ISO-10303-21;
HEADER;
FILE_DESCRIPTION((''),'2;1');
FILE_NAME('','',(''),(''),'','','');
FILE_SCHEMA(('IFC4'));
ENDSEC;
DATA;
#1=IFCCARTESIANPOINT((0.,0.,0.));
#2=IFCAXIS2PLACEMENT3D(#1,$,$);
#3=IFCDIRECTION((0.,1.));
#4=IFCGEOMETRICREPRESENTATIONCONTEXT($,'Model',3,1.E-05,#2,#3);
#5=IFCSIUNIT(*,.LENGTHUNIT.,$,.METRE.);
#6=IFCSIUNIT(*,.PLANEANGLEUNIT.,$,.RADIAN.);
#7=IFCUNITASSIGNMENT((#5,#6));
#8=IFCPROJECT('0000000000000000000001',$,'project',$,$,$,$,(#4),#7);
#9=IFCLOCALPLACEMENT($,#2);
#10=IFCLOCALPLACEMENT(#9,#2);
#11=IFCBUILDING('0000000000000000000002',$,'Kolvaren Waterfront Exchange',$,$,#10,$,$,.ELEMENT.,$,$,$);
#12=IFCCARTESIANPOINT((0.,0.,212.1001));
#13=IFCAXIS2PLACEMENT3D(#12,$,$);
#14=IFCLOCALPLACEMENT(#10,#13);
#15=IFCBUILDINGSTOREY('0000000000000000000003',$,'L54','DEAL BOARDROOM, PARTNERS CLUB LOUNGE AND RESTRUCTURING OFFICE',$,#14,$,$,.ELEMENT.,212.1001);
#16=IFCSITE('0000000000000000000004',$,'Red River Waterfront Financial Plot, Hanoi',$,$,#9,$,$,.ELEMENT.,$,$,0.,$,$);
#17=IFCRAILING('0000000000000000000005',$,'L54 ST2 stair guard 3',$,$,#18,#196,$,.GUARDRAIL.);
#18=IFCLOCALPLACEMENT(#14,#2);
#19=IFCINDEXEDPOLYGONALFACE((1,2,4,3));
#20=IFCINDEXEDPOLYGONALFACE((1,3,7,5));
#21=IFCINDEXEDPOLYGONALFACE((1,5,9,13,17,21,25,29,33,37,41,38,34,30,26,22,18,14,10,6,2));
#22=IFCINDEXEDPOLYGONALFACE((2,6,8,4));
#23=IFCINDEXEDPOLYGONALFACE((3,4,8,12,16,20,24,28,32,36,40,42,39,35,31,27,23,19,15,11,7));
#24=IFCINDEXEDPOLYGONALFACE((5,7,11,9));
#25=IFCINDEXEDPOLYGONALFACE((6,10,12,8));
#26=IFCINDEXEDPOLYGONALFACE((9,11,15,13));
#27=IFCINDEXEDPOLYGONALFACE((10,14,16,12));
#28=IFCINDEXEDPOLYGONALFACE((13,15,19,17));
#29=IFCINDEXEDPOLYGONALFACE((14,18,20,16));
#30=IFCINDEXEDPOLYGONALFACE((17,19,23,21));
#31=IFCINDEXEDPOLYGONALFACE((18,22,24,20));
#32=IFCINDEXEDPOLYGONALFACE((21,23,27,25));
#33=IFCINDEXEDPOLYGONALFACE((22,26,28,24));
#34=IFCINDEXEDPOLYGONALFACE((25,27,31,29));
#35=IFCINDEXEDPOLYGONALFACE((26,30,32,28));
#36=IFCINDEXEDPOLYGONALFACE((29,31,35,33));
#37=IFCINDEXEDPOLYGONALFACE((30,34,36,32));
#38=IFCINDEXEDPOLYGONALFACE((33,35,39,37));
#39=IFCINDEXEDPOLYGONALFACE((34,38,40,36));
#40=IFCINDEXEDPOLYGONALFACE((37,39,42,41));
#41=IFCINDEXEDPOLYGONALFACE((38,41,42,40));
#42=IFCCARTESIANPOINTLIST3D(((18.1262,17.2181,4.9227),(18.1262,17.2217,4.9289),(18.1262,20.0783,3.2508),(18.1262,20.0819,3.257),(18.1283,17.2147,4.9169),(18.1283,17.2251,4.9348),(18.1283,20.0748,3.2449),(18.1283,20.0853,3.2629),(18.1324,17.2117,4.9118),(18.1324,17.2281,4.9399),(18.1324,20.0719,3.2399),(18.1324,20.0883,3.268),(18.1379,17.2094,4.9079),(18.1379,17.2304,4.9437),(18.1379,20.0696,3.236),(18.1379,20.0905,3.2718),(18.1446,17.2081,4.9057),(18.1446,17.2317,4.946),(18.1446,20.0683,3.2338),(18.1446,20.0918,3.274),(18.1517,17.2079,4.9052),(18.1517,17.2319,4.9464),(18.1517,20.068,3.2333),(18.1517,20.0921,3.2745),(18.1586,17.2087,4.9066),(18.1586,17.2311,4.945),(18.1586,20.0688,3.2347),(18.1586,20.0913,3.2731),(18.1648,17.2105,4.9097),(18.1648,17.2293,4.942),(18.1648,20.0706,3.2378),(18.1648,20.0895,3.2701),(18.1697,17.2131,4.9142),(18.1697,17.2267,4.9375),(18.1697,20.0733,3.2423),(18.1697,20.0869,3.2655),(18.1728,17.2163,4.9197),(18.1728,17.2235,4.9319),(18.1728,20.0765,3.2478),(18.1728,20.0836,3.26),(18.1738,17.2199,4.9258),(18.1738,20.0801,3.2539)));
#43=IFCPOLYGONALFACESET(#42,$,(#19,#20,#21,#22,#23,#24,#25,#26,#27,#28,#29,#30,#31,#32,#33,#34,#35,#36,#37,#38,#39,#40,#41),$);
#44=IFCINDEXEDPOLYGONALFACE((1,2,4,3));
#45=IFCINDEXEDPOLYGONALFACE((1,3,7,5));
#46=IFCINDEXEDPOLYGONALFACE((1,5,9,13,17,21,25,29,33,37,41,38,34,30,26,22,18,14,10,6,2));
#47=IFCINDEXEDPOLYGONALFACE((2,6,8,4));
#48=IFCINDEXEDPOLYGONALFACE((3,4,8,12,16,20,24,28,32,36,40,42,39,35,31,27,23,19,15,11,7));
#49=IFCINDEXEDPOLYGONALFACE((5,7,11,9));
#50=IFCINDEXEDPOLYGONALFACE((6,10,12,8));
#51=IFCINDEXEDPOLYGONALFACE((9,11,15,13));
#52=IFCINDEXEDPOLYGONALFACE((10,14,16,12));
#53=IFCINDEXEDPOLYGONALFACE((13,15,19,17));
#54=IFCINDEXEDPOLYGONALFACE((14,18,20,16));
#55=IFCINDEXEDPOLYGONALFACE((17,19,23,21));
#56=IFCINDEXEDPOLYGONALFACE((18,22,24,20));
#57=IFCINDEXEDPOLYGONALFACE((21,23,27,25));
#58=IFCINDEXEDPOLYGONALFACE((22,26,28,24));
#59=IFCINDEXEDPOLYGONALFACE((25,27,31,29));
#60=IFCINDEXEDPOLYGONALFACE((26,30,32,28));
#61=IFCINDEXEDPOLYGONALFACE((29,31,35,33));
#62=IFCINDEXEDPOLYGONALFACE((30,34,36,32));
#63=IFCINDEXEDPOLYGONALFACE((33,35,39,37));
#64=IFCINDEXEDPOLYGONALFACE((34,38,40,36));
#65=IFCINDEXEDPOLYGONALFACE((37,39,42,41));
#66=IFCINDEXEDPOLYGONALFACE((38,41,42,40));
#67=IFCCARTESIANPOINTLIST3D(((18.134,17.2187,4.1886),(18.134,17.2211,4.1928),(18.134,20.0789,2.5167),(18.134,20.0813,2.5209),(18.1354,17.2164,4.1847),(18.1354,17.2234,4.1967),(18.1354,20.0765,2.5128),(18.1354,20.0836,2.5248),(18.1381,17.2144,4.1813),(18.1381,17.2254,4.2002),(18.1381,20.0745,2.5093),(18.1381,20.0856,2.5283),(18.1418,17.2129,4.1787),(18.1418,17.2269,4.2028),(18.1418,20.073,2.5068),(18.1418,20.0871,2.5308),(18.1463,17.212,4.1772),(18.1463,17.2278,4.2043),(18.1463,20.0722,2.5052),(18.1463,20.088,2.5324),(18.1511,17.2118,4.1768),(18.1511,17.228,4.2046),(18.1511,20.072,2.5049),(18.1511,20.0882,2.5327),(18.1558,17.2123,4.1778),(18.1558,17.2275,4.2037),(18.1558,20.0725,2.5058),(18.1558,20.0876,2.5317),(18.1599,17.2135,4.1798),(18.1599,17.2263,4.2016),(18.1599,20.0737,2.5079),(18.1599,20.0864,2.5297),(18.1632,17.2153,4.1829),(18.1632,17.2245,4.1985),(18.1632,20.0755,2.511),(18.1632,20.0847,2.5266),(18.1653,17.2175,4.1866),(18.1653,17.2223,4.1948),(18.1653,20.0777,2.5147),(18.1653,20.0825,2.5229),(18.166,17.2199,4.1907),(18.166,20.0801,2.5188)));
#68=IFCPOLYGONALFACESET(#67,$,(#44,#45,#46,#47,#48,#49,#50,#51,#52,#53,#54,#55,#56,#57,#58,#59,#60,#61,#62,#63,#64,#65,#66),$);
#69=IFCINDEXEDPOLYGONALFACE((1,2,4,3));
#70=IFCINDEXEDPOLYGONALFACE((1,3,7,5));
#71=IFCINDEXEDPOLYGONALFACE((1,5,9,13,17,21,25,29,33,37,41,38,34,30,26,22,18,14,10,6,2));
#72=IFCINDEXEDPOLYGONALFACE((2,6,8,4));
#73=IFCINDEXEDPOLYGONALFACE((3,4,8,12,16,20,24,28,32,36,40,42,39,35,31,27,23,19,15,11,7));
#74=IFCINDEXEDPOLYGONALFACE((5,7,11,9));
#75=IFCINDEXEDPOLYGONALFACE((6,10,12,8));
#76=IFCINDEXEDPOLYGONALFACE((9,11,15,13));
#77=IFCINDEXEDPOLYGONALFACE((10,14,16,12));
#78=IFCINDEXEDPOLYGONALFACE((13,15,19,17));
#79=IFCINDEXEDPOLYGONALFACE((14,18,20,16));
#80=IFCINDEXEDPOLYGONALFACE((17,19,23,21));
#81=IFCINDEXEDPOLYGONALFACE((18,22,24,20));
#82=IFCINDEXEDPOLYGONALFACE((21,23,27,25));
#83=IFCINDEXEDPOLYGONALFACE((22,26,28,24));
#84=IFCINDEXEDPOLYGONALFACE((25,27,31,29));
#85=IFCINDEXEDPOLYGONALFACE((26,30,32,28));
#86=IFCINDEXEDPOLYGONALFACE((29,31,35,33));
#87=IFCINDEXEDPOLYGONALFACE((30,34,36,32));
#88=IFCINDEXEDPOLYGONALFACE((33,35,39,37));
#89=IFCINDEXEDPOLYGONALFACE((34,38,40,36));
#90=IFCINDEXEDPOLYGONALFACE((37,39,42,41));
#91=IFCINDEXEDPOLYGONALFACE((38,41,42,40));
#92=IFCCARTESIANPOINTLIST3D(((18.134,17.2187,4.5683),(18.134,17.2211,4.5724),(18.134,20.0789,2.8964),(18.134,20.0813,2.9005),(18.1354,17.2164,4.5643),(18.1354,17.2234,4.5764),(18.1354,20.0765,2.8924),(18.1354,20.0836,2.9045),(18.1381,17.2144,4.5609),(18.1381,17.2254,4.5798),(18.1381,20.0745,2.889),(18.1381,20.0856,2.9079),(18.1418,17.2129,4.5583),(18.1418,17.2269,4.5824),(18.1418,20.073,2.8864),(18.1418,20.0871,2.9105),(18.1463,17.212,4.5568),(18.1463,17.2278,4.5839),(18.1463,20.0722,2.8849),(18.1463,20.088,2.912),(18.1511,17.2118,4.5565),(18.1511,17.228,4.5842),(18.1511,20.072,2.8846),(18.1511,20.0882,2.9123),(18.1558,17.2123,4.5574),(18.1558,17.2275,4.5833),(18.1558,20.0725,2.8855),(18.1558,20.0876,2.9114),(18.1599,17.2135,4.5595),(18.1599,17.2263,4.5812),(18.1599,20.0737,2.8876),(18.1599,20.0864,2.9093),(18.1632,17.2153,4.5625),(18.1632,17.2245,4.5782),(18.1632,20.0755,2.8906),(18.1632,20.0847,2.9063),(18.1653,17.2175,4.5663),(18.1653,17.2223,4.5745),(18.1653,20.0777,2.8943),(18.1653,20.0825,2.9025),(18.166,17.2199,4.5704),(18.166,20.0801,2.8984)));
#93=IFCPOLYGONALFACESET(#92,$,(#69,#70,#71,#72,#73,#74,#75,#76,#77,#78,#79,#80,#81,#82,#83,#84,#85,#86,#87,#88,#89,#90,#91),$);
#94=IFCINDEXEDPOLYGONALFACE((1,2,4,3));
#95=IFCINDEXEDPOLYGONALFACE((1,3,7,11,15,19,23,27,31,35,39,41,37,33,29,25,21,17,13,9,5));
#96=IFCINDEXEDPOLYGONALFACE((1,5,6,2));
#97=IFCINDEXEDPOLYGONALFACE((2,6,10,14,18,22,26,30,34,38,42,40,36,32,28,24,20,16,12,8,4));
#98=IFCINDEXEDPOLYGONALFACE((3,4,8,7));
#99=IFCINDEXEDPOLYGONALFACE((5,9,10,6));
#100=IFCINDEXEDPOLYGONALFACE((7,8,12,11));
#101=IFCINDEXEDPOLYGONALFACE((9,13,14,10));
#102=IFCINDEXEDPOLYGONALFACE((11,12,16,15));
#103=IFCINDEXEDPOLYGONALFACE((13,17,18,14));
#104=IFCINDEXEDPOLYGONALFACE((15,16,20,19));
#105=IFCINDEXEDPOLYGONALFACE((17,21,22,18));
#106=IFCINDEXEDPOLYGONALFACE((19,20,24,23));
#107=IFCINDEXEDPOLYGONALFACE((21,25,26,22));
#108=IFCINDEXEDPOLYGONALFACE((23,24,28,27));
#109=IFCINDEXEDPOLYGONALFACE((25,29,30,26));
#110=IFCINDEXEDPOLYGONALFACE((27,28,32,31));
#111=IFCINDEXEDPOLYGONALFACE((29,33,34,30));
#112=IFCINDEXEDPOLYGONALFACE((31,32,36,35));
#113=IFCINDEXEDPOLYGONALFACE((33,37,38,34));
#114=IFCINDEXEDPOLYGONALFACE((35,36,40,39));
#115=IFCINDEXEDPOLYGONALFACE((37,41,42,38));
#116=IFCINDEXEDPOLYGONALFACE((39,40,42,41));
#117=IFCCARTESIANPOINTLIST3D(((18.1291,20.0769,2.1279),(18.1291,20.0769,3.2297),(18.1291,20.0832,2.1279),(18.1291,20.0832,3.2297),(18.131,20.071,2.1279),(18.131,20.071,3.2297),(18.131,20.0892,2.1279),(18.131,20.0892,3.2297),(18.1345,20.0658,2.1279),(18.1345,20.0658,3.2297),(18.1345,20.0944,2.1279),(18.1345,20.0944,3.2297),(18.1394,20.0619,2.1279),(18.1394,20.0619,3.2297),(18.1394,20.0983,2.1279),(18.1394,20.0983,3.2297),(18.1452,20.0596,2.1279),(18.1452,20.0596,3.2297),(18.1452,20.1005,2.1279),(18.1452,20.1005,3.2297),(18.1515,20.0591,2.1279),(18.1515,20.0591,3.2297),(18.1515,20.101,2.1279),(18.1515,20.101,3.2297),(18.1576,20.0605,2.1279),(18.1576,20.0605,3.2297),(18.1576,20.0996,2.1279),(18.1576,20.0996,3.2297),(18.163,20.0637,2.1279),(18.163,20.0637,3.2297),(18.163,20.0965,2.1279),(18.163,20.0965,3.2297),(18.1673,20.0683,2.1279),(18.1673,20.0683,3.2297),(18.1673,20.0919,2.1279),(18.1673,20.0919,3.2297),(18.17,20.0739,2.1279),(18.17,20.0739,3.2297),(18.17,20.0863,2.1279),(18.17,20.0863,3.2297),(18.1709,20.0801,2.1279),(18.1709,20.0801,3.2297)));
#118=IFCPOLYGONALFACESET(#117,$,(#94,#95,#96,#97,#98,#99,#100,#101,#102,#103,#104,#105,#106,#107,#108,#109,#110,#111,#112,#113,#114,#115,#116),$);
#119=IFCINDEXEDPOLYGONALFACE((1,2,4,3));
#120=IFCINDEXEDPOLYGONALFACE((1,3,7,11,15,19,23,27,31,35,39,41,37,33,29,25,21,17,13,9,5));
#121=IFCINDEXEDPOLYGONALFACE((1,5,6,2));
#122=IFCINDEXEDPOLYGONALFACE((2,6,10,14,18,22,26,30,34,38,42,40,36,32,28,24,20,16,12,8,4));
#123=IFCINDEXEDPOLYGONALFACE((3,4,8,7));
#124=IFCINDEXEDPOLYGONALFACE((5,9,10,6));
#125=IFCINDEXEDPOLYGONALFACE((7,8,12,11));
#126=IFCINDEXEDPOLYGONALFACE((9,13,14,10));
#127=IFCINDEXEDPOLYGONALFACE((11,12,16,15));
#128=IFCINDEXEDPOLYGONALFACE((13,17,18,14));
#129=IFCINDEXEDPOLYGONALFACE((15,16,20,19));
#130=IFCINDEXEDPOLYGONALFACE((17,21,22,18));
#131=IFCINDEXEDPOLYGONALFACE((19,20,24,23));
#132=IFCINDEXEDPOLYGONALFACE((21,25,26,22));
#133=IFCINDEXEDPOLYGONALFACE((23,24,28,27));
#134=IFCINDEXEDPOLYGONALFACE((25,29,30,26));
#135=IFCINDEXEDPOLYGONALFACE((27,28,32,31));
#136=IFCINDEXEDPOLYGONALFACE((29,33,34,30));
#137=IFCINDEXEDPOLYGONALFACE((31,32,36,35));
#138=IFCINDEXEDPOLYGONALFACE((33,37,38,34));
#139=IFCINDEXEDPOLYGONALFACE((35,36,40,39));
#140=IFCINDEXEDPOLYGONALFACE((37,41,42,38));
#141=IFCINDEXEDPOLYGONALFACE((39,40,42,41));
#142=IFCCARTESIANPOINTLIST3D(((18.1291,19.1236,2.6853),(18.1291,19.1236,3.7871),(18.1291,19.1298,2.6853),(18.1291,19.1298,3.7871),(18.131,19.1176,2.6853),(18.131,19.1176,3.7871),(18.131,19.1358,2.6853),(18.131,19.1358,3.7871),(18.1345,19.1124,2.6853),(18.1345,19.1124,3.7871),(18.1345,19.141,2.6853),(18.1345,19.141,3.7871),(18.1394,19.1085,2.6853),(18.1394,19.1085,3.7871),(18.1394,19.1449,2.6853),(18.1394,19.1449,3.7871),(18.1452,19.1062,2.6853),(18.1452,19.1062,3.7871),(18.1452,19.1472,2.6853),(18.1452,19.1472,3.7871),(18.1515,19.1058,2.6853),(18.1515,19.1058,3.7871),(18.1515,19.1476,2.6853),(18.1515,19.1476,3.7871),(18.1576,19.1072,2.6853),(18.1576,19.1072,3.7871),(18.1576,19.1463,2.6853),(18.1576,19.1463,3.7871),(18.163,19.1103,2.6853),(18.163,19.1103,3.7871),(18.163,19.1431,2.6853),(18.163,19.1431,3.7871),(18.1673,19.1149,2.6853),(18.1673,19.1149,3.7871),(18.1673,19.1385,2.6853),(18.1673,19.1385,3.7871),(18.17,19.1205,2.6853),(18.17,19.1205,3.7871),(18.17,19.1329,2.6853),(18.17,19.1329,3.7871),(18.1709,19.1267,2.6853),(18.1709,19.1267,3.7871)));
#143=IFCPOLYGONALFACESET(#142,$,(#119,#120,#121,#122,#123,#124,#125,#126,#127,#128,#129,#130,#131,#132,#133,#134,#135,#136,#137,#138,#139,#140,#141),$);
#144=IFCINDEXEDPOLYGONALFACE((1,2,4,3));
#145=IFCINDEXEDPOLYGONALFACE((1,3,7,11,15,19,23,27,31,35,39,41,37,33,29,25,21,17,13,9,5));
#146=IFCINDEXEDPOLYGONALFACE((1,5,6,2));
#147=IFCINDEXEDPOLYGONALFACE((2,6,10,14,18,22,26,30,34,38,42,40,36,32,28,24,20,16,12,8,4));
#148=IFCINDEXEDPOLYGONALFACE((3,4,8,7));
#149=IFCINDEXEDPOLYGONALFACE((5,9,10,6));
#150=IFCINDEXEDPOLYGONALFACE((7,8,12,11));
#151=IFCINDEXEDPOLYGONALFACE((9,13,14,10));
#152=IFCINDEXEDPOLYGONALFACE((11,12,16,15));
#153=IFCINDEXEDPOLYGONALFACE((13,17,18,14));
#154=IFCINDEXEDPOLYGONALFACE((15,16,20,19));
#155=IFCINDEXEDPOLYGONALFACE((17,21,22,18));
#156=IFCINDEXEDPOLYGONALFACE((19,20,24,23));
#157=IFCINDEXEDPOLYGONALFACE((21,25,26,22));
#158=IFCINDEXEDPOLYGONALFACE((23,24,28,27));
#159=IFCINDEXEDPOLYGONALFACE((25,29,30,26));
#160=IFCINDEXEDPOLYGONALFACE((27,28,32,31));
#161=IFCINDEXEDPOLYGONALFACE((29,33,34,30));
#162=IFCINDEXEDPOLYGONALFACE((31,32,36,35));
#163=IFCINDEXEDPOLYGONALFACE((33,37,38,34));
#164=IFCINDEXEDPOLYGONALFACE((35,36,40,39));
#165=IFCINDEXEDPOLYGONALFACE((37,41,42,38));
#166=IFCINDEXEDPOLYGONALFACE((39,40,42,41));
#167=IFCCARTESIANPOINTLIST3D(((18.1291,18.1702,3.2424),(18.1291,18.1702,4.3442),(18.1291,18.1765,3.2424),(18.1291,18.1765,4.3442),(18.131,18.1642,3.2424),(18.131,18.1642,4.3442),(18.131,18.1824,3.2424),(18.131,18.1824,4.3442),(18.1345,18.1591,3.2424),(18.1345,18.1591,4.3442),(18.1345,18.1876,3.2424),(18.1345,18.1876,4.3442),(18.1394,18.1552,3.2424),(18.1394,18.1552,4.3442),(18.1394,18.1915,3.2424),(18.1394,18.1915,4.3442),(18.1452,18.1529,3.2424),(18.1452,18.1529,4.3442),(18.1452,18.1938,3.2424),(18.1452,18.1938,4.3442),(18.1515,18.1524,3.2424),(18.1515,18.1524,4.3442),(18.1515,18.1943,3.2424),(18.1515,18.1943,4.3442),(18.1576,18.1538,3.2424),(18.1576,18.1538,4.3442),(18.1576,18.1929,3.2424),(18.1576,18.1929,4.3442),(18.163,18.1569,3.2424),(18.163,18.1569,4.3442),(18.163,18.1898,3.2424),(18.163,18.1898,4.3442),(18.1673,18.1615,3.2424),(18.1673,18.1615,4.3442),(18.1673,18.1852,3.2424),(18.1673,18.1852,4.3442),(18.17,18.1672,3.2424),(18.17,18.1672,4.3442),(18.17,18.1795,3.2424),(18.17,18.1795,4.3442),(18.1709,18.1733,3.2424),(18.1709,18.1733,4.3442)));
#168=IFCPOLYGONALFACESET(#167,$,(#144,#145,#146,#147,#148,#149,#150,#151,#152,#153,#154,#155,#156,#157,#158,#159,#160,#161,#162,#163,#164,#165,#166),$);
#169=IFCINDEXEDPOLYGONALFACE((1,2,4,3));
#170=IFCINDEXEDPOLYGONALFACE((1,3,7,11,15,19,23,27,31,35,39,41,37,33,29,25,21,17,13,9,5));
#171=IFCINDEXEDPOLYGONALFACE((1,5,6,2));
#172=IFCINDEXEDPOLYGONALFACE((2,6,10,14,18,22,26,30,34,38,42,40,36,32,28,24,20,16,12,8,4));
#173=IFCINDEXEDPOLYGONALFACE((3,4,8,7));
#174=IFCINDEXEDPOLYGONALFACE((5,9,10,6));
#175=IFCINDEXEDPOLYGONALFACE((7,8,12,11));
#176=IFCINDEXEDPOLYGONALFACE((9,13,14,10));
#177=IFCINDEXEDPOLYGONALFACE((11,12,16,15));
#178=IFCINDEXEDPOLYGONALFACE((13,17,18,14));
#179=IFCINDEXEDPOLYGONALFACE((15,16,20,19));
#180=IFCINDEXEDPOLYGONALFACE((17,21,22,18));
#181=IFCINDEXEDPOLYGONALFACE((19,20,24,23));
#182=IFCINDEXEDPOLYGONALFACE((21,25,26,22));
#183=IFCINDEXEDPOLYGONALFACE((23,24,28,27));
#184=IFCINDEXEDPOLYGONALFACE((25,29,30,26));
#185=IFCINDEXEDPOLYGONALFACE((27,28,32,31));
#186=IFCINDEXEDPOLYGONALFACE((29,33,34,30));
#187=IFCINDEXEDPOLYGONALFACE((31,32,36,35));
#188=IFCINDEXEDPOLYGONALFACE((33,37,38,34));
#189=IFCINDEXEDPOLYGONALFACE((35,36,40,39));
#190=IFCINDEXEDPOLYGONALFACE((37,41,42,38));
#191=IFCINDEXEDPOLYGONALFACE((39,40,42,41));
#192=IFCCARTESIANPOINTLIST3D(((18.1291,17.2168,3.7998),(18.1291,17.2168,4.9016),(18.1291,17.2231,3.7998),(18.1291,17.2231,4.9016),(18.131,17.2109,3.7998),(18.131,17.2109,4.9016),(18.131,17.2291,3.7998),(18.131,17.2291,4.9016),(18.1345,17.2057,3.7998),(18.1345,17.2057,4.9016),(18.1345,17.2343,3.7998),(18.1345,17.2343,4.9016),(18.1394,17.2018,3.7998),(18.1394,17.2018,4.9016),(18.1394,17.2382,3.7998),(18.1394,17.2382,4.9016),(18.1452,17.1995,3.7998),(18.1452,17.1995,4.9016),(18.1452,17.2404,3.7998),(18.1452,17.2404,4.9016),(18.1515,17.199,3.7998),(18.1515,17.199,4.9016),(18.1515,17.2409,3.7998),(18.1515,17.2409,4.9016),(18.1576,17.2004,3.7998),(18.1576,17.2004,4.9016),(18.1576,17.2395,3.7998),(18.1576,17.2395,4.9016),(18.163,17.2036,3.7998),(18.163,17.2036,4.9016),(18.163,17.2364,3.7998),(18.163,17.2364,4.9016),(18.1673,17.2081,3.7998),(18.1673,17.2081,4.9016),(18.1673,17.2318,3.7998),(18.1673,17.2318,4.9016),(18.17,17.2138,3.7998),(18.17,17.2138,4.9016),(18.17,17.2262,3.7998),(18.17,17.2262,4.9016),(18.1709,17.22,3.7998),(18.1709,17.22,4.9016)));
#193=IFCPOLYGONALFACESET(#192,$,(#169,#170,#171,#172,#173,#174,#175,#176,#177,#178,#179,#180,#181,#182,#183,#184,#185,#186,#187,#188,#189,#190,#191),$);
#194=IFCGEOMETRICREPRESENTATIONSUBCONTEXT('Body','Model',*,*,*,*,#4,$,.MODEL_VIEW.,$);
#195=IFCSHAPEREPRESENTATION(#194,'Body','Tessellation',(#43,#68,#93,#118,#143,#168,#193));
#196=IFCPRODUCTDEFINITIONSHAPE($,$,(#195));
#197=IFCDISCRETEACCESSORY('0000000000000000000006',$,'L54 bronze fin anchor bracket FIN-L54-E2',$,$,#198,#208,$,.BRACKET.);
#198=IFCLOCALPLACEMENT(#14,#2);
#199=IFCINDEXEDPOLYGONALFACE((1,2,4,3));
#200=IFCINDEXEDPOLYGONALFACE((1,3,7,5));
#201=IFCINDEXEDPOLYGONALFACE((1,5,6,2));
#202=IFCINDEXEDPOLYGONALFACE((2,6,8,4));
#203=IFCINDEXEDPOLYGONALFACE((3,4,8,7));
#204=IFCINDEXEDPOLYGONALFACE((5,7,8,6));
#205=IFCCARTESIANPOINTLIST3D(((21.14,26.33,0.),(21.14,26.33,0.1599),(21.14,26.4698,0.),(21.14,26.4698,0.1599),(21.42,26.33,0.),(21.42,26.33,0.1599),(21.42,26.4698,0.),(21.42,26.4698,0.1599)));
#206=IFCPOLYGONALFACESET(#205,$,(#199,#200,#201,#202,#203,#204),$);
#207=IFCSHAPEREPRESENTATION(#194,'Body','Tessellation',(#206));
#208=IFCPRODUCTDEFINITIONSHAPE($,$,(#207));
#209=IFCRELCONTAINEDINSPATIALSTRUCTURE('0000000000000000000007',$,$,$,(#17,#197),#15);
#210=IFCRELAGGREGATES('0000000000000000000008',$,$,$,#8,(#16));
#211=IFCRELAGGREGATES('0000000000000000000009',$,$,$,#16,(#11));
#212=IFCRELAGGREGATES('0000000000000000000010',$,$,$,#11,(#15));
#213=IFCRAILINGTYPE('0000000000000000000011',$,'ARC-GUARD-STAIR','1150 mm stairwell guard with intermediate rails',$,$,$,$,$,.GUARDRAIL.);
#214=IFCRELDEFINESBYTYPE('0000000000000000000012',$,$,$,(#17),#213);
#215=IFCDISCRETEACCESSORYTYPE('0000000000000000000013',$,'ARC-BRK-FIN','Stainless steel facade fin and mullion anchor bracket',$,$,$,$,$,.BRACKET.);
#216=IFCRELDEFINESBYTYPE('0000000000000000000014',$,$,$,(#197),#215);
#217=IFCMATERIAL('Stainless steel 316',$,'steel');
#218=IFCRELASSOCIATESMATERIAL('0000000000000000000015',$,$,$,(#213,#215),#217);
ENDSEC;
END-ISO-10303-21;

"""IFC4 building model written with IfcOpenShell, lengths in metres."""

from ifc_helpers import new_model, si_unit, direction, frame, origin, origin_with_axes, origin_2d, place, context, subcontext, project, spatial, rectangle, circle, extrude, source, transform, mapped, material, type_object, element, save


model = new_model("IFC4")

# Units and contexts
model_context = context("Model", 3, precision=1e-05, world=origin(), true_north=direction((0.0, 1.0)))
body_context = subcontext(model_context, "Body", "Model", "MODEL_VIEW")
ifc_project = project(units=[si_unit("LENGTHUNIT", "METRE"), si_unit("PLANEANGLEUNIT", "RADIAN")], contexts=[model_context])

# Site, building, storey
site_placement = place(None, origin())
site = spatial("IfcSite", under=ifc_project, at=site_placement, Name="Red River Waterfront Financial Plot, Hanoi", CompositionType="ELEMENT", RefElevation=0.0)
building_placement = place(site_placement, origin())
building = spatial("IfcBuilding", under=site, at=building_placement, Name="Kolvaren Waterfront Exchange", CompositionType="ELEMENT")
storey_placement = place(building_placement, frame((0.0, 0.0, 212.1001)))
storey = spatial("IfcBuildingStorey", under=building, at=storey_placement, Name="L54", Description="DEAL BOARDROOM, PARTNERS CLUB LOUNGE AND RESTRUCTURING OFFICE", CompositionType="ELEMENT", Elevation=212.1001)

# Railing
ifc_material_1 = material(Name="Stainless steel 316", Category="steel")
railing_type = type_object("IfcRailingType", Name="ARC-GUARD-STAIR", Description="1150 mm stairwell guard with intermediate rails", PredefinedType="GUARDRAIL", material=ifc_material_1)
railing_1_placement = place(storey_placement, frame((18.1499, 20.0801, 2.1279)))
element("IfcRailing", 1, at=railing_1_placement, inside=storey, type_object=railing_type, Name="L54 ST2 stair guard 3", PredefinedType="GUARDRAIL", context=body_context, shape_type="SweptSolid", body=[
    extrude(circle(Radius=0.0239, at=origin_2d()), frame((0.0, 0.0, 1.126), z_axis=(0.0, -0.863321, 0.504654), x_axis=(1.0, 0.0, 0.0)), (0.0, 0.0, 1.0), 3.313),
    extrude(circle(Radius=0.0161, at=origin_2d()), frame((0.0, 0.0, 0.3909), z_axis=(0.0, -0.863321, 0.504654), x_axis=(1.0, 0.0, 0.0)), (0.0, 0.0, 1.0), 3.313),
    extrude(circle(Radius=0.0161, at=origin_2d()), frame((0.0, 0.0, 0.7705), z_axis=(0.0, -0.863321, 0.504654), x_axis=(1.0, 0.0, 0.0)), (0.0, 0.0, 1.0), 3.313),
    extrude(circle(Radius=0.021, at=origin_2d()), origin(), (0.0, 0.0, 1.0), 1.1018),
    extrude(circle(Radius=0.021, at=origin_2d()), frame((0.0, -0.9534, 0.5574)), (0.0, 0.0, 1.0), 1.1018),
    extrude(circle(Radius=0.021, at=origin_2d()), frame((0.0, -1.9067, 1.1145)), (0.0, 0.0, 1.0), 1.1018),
    extrude(circle(Radius=0.021, at=origin_2d()), frame((0.0, -2.8601, 1.6719)), (0.0, 0.0, 1.0), 1.1018),
])

# Discrete accessory
discrete_accessory_type = type_object("IfcDiscreteAccessoryType", Name="ARC-BRK-FIN", Description="Stainless steel facade fin and mullion anchor bracket", PredefinedType="BRACKET", material=ifc_material_1)
shared_shape_1 = source(origin_with_axes(), body_context, "Body", "SweptSolid", [
    extrude(rectangle(XDim=0.28, YDim=0.1399, at=origin_2d()), origin(), (0.0, 0.0, 1.0), 0.1599),
])
for number, where, z_axis, x_axis, name in (
    (2, (21.28, 26.3999, 0.0), (0.0, 0.0, 1.0), (1.0, 0.0, 0.0), "L54 bronze fin anchor bracket FIN-L54-E2"),
):
    element("IfcDiscreteAccessory", number, at=place(storey_placement, frame(where, z_axis=z_axis, x_axis=x_axis)), inside=storey, type_object=discrete_accessory_type, Name=name, PredefinedType="BRACKET", context=body_context, shape_type="MappedRepresentation", body=[
        mapped(shared_shape_1, transform((0.0, 0.0, 0.0), x_axis=(1.0, 0.0, 0.0), y_axis=(0.0, 1.0, 0.0), z_axis=(0.0, 0.0, 1.0), scale=1.0)),
    ])

save(model, "model.ifc")
